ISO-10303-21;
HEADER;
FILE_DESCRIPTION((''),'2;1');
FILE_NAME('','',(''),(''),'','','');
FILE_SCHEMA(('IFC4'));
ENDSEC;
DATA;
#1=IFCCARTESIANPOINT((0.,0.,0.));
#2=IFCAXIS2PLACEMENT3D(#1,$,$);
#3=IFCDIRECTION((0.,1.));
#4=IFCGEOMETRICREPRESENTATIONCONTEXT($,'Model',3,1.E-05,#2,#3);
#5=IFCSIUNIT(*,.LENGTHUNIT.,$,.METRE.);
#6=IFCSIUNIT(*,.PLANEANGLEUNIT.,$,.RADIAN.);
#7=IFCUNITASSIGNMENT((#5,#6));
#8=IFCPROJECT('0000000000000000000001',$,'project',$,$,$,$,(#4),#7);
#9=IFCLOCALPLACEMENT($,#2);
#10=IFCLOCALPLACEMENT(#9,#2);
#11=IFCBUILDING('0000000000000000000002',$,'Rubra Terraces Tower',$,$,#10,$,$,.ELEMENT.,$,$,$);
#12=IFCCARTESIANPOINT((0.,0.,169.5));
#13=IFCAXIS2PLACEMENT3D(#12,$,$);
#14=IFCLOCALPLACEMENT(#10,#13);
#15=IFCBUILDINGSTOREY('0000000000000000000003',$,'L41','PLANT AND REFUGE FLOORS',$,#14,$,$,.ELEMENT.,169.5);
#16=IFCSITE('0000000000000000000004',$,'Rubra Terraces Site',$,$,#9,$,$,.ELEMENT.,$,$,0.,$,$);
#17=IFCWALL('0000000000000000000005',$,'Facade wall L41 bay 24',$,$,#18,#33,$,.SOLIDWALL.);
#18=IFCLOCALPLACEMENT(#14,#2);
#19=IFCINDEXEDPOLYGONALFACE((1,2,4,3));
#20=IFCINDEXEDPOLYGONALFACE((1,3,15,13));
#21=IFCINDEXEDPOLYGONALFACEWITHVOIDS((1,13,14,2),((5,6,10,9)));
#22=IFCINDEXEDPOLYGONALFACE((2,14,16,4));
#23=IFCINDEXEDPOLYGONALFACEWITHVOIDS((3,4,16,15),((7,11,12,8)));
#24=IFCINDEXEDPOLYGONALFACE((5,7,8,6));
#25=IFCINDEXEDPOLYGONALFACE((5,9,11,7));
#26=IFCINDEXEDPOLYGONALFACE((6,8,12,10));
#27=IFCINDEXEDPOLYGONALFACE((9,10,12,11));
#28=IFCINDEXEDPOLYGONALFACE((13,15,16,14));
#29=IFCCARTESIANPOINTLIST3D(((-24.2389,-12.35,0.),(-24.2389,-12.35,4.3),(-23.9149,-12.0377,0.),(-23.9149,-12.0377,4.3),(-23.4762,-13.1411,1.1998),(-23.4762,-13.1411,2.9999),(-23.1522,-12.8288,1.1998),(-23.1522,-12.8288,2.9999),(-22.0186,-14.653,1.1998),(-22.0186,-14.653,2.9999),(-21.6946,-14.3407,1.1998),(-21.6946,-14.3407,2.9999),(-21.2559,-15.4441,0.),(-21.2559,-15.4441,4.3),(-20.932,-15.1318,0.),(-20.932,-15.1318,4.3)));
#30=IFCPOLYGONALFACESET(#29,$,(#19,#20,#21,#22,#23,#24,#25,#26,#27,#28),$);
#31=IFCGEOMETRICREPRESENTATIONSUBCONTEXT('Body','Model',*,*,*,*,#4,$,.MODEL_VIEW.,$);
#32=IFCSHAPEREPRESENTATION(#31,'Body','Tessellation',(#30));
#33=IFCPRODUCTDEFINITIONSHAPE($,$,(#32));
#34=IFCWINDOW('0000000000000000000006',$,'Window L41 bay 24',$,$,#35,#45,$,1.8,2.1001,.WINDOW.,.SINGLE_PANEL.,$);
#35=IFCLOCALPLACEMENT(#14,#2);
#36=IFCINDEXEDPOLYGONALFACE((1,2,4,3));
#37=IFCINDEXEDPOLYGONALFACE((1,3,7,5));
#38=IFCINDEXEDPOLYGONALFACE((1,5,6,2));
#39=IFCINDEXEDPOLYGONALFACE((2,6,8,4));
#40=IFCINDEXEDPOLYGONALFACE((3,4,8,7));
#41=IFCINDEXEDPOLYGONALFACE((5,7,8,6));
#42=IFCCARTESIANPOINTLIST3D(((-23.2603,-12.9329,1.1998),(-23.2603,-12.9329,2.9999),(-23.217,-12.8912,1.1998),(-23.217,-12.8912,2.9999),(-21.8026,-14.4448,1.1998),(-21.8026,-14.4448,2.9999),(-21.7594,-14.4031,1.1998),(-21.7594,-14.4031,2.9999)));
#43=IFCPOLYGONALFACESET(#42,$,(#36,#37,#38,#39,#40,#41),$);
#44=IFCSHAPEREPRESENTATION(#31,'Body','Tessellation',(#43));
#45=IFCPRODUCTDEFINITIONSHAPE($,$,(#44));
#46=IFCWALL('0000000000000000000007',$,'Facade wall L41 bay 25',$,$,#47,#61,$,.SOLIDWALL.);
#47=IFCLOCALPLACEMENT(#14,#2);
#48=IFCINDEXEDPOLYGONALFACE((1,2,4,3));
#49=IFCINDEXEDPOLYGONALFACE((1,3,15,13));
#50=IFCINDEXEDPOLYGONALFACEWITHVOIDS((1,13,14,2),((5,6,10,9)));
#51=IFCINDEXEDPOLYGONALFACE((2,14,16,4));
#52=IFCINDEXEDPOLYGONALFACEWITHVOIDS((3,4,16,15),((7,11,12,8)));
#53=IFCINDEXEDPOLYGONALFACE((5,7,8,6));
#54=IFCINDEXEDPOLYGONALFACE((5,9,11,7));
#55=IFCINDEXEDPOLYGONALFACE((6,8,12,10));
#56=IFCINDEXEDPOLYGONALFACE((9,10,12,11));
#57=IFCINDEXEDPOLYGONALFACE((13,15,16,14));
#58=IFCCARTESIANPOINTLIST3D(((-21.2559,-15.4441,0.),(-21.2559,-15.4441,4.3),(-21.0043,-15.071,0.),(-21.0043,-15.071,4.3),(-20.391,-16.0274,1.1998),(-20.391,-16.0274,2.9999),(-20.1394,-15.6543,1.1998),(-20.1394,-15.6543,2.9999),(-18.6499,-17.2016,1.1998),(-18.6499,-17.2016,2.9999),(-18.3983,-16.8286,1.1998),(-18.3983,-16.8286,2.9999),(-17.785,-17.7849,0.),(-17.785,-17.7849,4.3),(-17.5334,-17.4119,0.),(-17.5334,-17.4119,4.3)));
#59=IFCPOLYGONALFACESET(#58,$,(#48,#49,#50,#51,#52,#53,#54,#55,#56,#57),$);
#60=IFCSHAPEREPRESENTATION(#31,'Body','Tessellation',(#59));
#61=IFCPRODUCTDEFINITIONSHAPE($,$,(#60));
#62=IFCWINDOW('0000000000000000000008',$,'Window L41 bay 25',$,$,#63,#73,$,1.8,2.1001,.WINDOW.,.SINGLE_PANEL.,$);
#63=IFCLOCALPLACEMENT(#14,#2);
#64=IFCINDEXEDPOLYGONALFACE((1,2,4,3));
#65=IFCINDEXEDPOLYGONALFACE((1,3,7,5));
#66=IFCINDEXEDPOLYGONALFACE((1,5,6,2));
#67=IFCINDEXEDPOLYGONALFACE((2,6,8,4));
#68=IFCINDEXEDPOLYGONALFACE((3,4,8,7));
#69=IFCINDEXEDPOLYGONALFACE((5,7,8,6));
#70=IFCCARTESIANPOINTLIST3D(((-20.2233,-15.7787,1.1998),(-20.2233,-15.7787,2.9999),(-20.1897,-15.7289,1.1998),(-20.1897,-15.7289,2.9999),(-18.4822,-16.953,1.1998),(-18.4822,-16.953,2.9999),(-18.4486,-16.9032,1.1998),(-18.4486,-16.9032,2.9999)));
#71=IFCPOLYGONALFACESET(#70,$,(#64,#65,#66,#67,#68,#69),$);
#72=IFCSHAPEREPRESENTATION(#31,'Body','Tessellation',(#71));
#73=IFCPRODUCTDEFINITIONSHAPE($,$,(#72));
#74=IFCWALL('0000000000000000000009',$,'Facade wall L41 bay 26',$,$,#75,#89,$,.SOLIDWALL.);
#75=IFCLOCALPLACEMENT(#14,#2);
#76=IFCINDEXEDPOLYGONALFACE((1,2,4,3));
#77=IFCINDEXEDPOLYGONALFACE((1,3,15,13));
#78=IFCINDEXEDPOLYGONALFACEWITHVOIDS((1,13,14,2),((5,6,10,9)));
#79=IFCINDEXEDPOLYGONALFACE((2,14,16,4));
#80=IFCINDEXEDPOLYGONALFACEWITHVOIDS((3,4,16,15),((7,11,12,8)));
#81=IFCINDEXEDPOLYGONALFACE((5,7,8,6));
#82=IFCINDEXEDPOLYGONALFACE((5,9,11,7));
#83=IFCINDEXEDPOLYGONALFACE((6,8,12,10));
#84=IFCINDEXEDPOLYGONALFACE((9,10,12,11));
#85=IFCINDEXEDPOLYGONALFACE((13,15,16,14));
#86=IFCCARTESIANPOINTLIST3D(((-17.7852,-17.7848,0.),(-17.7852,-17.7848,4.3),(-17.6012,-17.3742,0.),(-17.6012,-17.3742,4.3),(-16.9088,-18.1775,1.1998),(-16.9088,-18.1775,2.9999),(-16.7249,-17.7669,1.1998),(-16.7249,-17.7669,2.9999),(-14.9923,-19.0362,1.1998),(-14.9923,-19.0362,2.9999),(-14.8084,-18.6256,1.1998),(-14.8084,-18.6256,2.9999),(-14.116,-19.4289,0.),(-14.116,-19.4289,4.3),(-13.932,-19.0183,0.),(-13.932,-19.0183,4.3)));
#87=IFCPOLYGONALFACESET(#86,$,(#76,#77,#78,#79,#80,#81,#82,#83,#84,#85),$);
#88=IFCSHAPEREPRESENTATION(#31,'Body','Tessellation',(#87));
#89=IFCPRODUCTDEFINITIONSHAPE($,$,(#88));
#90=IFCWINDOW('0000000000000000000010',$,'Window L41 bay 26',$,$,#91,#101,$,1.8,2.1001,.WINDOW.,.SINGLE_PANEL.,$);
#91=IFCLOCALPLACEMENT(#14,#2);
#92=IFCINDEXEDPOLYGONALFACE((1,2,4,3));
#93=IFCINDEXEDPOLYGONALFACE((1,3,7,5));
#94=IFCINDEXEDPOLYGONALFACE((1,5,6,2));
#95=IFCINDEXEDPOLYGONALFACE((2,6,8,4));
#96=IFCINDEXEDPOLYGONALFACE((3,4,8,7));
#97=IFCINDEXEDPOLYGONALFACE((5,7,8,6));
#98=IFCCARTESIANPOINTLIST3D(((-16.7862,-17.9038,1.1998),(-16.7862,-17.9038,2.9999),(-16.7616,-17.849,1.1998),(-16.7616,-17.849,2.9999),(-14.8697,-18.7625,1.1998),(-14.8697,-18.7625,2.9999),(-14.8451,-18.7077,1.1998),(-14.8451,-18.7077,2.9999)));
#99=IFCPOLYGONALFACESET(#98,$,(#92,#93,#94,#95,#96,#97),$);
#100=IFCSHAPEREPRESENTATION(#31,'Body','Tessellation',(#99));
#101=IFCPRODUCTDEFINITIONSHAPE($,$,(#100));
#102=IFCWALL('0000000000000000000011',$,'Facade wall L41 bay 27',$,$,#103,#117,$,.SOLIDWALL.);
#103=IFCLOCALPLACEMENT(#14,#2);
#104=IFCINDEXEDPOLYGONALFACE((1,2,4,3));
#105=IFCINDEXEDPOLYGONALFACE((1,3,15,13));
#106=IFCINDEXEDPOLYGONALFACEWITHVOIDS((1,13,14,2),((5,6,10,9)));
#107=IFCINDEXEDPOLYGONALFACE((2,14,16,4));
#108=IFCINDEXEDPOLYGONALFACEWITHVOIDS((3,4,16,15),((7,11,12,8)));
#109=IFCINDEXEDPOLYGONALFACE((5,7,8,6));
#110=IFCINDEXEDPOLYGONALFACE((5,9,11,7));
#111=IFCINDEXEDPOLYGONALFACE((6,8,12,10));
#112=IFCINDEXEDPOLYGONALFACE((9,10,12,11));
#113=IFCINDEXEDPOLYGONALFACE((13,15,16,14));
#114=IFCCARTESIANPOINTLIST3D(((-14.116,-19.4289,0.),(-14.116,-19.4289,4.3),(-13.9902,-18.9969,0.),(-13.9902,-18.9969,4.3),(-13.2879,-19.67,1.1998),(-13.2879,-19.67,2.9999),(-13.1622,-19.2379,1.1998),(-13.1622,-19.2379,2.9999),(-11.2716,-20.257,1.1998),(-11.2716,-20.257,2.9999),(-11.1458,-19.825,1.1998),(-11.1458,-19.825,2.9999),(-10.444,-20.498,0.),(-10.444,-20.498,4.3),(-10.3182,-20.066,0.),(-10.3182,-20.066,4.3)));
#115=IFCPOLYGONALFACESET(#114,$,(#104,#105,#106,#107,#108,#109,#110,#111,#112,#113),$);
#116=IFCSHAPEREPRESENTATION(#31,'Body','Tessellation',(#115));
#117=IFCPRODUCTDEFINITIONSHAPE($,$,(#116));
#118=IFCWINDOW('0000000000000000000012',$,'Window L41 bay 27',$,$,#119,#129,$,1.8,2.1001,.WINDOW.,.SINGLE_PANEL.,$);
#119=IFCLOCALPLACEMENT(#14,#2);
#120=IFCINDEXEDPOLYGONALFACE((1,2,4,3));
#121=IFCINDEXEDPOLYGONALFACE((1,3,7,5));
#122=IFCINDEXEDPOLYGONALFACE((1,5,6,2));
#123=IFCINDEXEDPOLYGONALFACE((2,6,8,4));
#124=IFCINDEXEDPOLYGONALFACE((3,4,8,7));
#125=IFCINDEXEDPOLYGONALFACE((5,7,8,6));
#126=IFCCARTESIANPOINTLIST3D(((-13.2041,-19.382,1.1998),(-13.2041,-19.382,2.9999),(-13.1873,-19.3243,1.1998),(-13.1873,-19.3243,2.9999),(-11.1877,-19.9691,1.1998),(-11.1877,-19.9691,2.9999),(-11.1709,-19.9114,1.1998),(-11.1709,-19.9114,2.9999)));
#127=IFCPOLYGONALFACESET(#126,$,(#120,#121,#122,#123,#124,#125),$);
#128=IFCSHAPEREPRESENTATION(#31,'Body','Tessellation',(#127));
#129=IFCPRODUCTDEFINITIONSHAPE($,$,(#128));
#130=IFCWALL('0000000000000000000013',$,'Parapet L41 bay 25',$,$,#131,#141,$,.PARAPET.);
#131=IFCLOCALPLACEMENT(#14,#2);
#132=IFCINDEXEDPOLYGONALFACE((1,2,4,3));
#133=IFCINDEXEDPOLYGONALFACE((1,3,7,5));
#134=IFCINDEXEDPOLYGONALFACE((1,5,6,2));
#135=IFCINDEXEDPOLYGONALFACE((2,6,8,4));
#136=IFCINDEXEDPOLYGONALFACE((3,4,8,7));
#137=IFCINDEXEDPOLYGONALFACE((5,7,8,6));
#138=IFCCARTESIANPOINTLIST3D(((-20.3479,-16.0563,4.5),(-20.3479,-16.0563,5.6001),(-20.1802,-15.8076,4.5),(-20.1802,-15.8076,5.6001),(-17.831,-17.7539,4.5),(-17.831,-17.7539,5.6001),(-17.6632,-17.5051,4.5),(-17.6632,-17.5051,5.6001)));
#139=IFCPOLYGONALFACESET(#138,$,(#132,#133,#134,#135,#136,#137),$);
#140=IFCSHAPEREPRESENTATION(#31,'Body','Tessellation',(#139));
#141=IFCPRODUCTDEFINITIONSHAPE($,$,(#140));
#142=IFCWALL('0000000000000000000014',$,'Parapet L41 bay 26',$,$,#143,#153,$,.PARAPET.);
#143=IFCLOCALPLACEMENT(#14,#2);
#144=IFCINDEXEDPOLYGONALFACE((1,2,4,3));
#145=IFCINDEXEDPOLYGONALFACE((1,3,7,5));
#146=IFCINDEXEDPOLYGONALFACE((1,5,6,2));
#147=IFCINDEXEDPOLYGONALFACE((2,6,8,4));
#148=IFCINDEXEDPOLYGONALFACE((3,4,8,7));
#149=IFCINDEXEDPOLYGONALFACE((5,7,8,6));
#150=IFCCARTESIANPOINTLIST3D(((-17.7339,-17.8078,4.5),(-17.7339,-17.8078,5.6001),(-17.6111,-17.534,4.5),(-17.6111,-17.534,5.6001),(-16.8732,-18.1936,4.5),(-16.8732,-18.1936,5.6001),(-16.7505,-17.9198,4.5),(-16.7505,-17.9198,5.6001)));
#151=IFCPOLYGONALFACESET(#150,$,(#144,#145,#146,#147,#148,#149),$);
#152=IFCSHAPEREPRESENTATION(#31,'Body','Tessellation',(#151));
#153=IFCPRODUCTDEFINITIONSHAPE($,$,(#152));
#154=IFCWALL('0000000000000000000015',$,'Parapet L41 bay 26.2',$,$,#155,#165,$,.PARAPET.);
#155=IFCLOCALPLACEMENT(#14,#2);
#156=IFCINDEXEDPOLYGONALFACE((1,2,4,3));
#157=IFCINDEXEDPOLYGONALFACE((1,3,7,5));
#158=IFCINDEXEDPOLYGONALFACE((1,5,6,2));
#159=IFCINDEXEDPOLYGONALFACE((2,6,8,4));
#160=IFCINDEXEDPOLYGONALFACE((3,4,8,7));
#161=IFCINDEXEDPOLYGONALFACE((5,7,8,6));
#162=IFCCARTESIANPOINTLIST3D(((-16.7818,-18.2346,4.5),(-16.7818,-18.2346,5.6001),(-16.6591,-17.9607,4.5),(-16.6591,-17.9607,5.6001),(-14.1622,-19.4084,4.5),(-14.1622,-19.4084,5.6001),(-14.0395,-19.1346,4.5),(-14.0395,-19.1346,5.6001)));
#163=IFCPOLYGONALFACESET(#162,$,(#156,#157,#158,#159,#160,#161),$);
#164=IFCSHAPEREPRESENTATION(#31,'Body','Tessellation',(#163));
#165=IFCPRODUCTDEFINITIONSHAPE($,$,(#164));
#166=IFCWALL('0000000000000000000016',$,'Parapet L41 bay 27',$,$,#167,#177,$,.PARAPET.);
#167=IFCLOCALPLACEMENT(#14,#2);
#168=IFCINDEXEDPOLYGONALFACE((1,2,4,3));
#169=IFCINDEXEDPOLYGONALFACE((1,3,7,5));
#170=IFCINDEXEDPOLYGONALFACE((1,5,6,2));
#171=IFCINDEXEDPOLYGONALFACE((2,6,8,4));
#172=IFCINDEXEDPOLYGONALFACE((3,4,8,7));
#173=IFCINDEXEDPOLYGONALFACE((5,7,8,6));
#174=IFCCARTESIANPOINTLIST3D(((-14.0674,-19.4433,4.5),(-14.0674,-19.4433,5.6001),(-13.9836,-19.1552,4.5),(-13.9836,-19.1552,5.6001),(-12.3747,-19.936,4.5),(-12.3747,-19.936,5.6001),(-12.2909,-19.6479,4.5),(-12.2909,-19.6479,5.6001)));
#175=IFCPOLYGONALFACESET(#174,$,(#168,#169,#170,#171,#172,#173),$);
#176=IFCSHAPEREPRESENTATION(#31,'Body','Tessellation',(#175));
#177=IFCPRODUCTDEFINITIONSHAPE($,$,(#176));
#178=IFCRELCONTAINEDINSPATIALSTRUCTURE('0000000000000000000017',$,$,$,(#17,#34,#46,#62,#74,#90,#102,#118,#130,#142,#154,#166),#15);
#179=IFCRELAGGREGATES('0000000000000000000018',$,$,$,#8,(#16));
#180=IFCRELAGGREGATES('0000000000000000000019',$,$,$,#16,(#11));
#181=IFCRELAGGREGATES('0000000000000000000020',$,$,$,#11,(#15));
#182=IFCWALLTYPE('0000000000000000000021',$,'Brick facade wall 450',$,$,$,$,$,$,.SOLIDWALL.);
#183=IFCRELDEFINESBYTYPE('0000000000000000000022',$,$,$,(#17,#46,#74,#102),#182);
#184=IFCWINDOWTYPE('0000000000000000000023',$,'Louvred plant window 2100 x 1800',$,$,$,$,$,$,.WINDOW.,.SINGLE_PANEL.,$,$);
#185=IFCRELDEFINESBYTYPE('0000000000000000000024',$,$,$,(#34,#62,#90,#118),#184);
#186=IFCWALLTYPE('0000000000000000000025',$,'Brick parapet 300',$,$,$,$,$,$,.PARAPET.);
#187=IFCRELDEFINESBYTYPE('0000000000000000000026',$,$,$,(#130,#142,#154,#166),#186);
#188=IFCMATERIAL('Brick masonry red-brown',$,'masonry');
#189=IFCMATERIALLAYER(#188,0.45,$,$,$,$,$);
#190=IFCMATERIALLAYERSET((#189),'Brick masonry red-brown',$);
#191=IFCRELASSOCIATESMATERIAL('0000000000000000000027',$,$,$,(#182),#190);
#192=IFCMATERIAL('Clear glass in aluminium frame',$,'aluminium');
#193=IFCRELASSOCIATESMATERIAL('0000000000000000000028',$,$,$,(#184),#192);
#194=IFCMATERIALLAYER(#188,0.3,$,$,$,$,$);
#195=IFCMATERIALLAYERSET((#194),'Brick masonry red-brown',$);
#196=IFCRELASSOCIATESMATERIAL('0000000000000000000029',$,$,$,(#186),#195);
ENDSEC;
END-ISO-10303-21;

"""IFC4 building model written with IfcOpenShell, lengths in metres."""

from ifc_helpers import new_model, si_unit, direction, frame, frame_2d, origin, place, context, subcontext, project, spatial, rectangle, extrude, material, layer, layer_set, type_object, element, fill, save


model = new_model("IFC4")

# Units and contexts
model_context = context("Model", 3, precision=1e-05, world=origin(), true_north=direction((0.0, 1.0)))
body_context = subcontext(model_context, "Body", "Model", "MODEL_VIEW")
ifc_project = project(units=[si_unit("LENGTHUNIT", "METRE"), si_unit("PLANEANGLEUNIT", "RADIAN")], contexts=[model_context])

# Site, building, storey
site_placement = place(None, origin())
site = spatial("IfcSite", under=ifc_project, at=site_placement, Name="Rubra Terraces Site", CompositionType="ELEMENT", RefElevation=0.0)
building_placement = place(site_placement, origin())
building = spatial("IfcBuilding", under=site, at=building_placement, Name="Rubra Terraces Tower", CompositionType="ELEMENT")
storey_placement = place(building_placement, frame((0.0, 0.0, 169.5)))
storey = spatial("IfcBuildingStorey", under=building, at=storey_placement, Name="L41", Description="PLANT AND REFUGE FLOORS", CompositionType="ELEMENT", Elevation=169.5)

# Walls, openings, windows
ifc_material_1 = material(Name="Brick masonry red-brown", Category="masonry")
ifc_layer_1 = layer(ifc_material_1, 0.45)
ifc_layer_set_1 = layer_set([ifc_layer_1], Name="Brick masonry red-brown")
wall_type_1 = type_object("IfcWallType", Name="Brick facade wall 450", PredefinedType="SOLIDWALL", material=ifc_layer_set_1)
wall_1_placement = place(storey_placement, frame((-24.0769, -12.1938, 0.0), z_axis=(0.0, 0.0, 1.0), x_axis=(0.694065, -0.719912, 0.0)))
wall_1 = element("IfcWall", 1, at=wall_1_placement, inside=storey, type_object=wall_type_1, Name="Facade wall L41 bay 24", PredefinedType="SOLIDWALL", context=body_context, shape_type="SweptSolid", body=[
    extrude(rectangle(XDim=4.2979, YDim=0.45, at=frame_2d((2.1489, 0.0))), origin(), (0.0, 0.0, 1.0), 4.3),
])
opening_1_placement = place(wall_1_placement, frame((1.0989, 0.0, 1.2)))
opening_1 = element("IfcOpeningElement", 2, at=opening_1_placement, cuts=wall_1, PredefinedType="OPENING", context=body_context, shape_type="SweptSolid", body=[
    extrude(rectangle(XDim=2.1001, YDim=1.8, at=frame_2d((1.05, 0.8999))), frame((0.0, 0.2349, 0.0), z_axis=(0.0, -1.0, 0.0), x_axis=(1.0, 0.0, 0.0)), (0.0, 0.0, 1.0), 0.47),
])
ifc_material_2 = material(Name="Clear glass in aluminium frame", Category="aluminium")
window_type = type_object("IfcWindowType", Name="Louvred plant window 2100 x 1800", PartitioningType="SINGLE_PANEL", PredefinedType="WINDOW", material=ifc_material_2)
window_1_placement = place(opening_1_placement, origin())
window_1 = element("IfcWindow", 3, at=window_1_placement, inside=storey, type_object=window_type, Name="Window L41 bay 24", OverallHeight=1.8, OverallWidth=2.1001, PartitioningType="SINGLE_PANEL", PredefinedType="WINDOW", context=body_context, shape_type="SweptSolid", body=[
    extrude(rectangle(XDim=2.1001, YDim=1.8, at=frame_2d((1.05, 0.8999))), frame((0.0, 0.135, 0.0), z_axis=(0.0, -1.0, 0.0), x_axis=(1.0, 0.0, 0.0)), (0.0, 0.0, 1.0), 0.0601),
])
fill(opening_1, window_1)
wall_2_placement = place(storey_placement, frame((-21.1301, -15.2576, 0.0), z_axis=(0.0, 0.0, 1.0), x_axis=(0.829078, -0.559133, 0.0)))
wall_2 = element("IfcWall", 4, at=wall_2_placement, inside=storey, type_object=wall_type_1, Name="Facade wall L41 bay 25", PredefinedType="SOLIDWALL", context=body_context, shape_type="SweptSolid", body=[
    extrude(rectangle(XDim=4.1865, YDim=0.45, at=frame_2d((2.0933, 0.0))), origin(), (0.0, 0.0, 1.0), 4.3),
])
opening_2_placement = place(wall_2_placement, frame((1.0432, 0.0, 1.2)))
opening_2 = element("IfcOpeningElement", 5, at=opening_2_placement, cuts=wall_2, PredefinedType="OPENING", context=body_context, shape_type="SweptSolid", body=[
    extrude(rectangle(XDim=2.1001, YDim=1.8, at=frame_2d((1.05, 0.8999))), frame((0.0, 0.2349, 0.0), z_axis=(0.0, -1.0, 0.0), x_axis=(1.0, 0.0, 0.0)), (0.0, 0.0, 1.0), 0.47),
])
window_2_placement = place(opening_2_placement, origin())
window_2 = element("IfcWindow", 6, at=window_2_placement, inside=storey, type_object=window_type, Name="Window L41 bay 25", OverallHeight=1.8, OverallWidth=2.1001, PartitioningType="SINGLE_PANEL", PredefinedType="WINDOW", context=body_context, shape_type="SweptSolid", body=[
    extrude(rectangle(XDim=2.1001, YDim=1.8, at=frame_2d((1.05, 0.8999))), frame((0.0, 0.135, 0.0), z_axis=(0.0, -1.0, 0.0), x_axis=(1.0, 0.0, 0.0)), (0.0, 0.0, 1.0), 0.0601),
])
fill(opening_2, window_2)
wall_3_placement = place(storey_placement, frame((-17.6931, -17.5796, 0.0), z_axis=(0.0, 0.0, 1.0), x_axis=(0.91258, -0.408897, 0.0)))
wall_3 = element("IfcWall", 7, at=wall_3_placement, inside=storey, type_object=wall_type_1, Name="Facade wall L41 bay 26", PredefinedType="SOLIDWALL", context=body_context, shape_type="SweptSolid", body=[
    extrude(rectangle(XDim=4.0208, YDim=0.45, at=frame_2d((2.0103, 0.0))), origin(), (0.0, 0.0, 1.0), 4.3),
])
opening_3_placement = place(wall_3_placement, frame((0.9602, 0.0, 1.2)))
opening_3 = element("IfcOpeningElement", 8, at=opening_3_placement, cuts=wall_3, PredefinedType="OPENING", context=body_context, shape_type="SweptSolid", body=[
    extrude(rectangle(XDim=2.1001, YDim=1.8, at=frame_2d((1.05, 0.8999))), frame((0.0, 0.2349, 0.0), z_axis=(0.0, -1.0, 0.0), x_axis=(1.0, 0.0, 0.0)), (0.0, 0.0, 1.0), 0.47),
])
window_3_placement = place(opening_3_placement, origin())
window_3 = element("IfcWindow", 9, at=window_3_placement, inside=storey, type_object=window_type, Name="Window L41 bay 26", OverallHeight=1.8, OverallWidth=2.1001, PartitioningType="SINGLE_PANEL", PredefinedType="WINDOW", context=body_context, shape_type="SweptSolid", body=[
    extrude(rectangle(XDim=2.1001, YDim=1.8, at=frame_2d((1.05, 0.8999))), frame((0.0, 0.135, 0.0), z_axis=(0.0, -1.0, 0.0), x_axis=(1.0, 0.0, 0.0)), (0.0, 0.0, 1.0), 0.0601),
])
fill(opening_3, window_3)
wall_4_placement = place(storey_placement, frame((-14.053, -19.2129, 0.0), z_axis=(0.0, 0.0, 1.0), x_axis=(0.960131, -0.279549, 0.0)))
wall_4 = element("IfcWall", 10, at=wall_4_placement, inside=storey, type_object=wall_type_1, Name="Facade wall L41 bay 27", PredefinedType="SOLIDWALL", context=body_context, shape_type="SweptSolid", body=[
    extrude(rectangle(XDim=3.8245, YDim=0.45, at=frame_2d((1.9121, 0.0))), origin(), (0.0, 0.0, 1.0), 4.3),
])
opening_4_placement = place(wall_4_placement, frame((0.8623, 0.0, 1.2)))
opening_4 = element("IfcOpeningElement", 11, at=opening_4_placement, cuts=wall_4, PredefinedType="OPENING", context=body_context, shape_type="SweptSolid", body=[
    extrude(rectangle(XDim=2.1001, YDim=1.8, at=frame_2d((1.05, 0.8999))), frame((0.0, 0.2349, 0.0), z_axis=(0.0, -1.0, 0.0), x_axis=(1.0, 0.0, 0.0)), (0.0, 0.0, 1.0), 0.47),
])
window_4_placement = place(opening_4_placement, origin())
window_4 = element("IfcWindow", 12, at=window_4_placement, inside=storey, type_object=window_type, Name="Window L41 bay 27", OverallHeight=1.8, OverallWidth=2.1001, PartitioningType="SINGLE_PANEL", PredefinedType="WINDOW", context=body_context, shape_type="SweptSolid", body=[
    extrude(rectangle(XDim=2.1001, YDim=1.8, at=frame_2d((1.05, 0.8999))), frame((0.0, 0.135, 0.0), z_axis=(0.0, -1.0, 0.0), x_axis=(1.0, 0.0, 0.0)), (0.0, 0.0, 1.0), 0.0601),
])
fill(opening_4, window_4)

# Walls
ifc_layer_2 = layer(ifc_material_1, 0.3)
ifc_layer_set_2 = layer_set([ifc_layer_2], Name="Brick masonry red-brown")
wall_type_2 = type_object("IfcWallType", Name="Brick parapet 300", PredefinedType="PARAPET", material=ifc_layer_set_2)
wall_5_placement = place(storey_placement, frame((-20.2642, -15.9319, 4.5), z_axis=(0.0, 0.0, 1.0), x_axis=(0.829057, -0.559165, 0.0)))
element("IfcWall", 13, at=wall_5_placement, inside=storey, type_object=wall_type_2, Name="Parapet L41 bay 25", PredefinedType="PARAPET", context=body_context, shape_type="SweptSolid", body=[
    extrude(rectangle(XDim=3.0359, YDim=0.3, at=frame_2d((1.5181, 0.0))), origin(), (0.0, 0.0, 1.0), 1.1001),
])
wall_6_placement = place(storey_placement, frame((-17.6726, -17.6709, 4.5), z_axis=(0.0, 0.0, 1.0), x_axis=(0.912526, -0.409019, 0.0)))
element("IfcWall", 14, at=wall_6_placement, inside=storey, type_object=wall_type_2, Name="Parapet L41 bay 26", PredefinedType="PARAPET", context=body_context, shape_type="SweptSolid", body=[
    extrude(rectangle(XDim=0.9431, YDim=0.3, at=frame_2d((0.4717, 0.0))), origin(), (0.0, 0.0, 1.0), 1.1001),
])
wall_7_placement = place(storey_placement, frame((-16.7205, -18.0977, 4.5), z_axis=(0.0, 0.0, 1.0), x_axis=(0.912573, -0.408914, 0.0)))
element("IfcWall", 15, at=wall_7_placement, inside=storey, type_object=wall_type_2, Name="Parapet L41 bay 26.2", PredefinedType="PARAPET", context=body_context, shape_type="SweptSolid", body=[
    extrude(rectangle(XDim=2.8706, YDim=0.3, at=frame_2d((1.4353, 0.0))), origin(), (0.0, 0.0, 1.0), 1.1001),
])
wall_8_placement = place(storey_placement, frame((-14.0254, -19.2993, 4.5), z_axis=(0.0, 0.0, 1.0), x_axis=(0.960153, -0.279473, 0.0)))
element("IfcWall", 16, at=wall_8_placement, inside=storey, type_object=wall_type_2, Name="Parapet L41 bay 27", PredefinedType="PARAPET", context=body_context, shape_type="SweptSolid", body=[
    extrude(rectangle(XDim=1.7629, YDim=0.3, at=frame_2d((0.8813, 0.0))), origin(), (0.0, 0.0, 1.0), 1.1001),
])

save(model, "model.ifc")
